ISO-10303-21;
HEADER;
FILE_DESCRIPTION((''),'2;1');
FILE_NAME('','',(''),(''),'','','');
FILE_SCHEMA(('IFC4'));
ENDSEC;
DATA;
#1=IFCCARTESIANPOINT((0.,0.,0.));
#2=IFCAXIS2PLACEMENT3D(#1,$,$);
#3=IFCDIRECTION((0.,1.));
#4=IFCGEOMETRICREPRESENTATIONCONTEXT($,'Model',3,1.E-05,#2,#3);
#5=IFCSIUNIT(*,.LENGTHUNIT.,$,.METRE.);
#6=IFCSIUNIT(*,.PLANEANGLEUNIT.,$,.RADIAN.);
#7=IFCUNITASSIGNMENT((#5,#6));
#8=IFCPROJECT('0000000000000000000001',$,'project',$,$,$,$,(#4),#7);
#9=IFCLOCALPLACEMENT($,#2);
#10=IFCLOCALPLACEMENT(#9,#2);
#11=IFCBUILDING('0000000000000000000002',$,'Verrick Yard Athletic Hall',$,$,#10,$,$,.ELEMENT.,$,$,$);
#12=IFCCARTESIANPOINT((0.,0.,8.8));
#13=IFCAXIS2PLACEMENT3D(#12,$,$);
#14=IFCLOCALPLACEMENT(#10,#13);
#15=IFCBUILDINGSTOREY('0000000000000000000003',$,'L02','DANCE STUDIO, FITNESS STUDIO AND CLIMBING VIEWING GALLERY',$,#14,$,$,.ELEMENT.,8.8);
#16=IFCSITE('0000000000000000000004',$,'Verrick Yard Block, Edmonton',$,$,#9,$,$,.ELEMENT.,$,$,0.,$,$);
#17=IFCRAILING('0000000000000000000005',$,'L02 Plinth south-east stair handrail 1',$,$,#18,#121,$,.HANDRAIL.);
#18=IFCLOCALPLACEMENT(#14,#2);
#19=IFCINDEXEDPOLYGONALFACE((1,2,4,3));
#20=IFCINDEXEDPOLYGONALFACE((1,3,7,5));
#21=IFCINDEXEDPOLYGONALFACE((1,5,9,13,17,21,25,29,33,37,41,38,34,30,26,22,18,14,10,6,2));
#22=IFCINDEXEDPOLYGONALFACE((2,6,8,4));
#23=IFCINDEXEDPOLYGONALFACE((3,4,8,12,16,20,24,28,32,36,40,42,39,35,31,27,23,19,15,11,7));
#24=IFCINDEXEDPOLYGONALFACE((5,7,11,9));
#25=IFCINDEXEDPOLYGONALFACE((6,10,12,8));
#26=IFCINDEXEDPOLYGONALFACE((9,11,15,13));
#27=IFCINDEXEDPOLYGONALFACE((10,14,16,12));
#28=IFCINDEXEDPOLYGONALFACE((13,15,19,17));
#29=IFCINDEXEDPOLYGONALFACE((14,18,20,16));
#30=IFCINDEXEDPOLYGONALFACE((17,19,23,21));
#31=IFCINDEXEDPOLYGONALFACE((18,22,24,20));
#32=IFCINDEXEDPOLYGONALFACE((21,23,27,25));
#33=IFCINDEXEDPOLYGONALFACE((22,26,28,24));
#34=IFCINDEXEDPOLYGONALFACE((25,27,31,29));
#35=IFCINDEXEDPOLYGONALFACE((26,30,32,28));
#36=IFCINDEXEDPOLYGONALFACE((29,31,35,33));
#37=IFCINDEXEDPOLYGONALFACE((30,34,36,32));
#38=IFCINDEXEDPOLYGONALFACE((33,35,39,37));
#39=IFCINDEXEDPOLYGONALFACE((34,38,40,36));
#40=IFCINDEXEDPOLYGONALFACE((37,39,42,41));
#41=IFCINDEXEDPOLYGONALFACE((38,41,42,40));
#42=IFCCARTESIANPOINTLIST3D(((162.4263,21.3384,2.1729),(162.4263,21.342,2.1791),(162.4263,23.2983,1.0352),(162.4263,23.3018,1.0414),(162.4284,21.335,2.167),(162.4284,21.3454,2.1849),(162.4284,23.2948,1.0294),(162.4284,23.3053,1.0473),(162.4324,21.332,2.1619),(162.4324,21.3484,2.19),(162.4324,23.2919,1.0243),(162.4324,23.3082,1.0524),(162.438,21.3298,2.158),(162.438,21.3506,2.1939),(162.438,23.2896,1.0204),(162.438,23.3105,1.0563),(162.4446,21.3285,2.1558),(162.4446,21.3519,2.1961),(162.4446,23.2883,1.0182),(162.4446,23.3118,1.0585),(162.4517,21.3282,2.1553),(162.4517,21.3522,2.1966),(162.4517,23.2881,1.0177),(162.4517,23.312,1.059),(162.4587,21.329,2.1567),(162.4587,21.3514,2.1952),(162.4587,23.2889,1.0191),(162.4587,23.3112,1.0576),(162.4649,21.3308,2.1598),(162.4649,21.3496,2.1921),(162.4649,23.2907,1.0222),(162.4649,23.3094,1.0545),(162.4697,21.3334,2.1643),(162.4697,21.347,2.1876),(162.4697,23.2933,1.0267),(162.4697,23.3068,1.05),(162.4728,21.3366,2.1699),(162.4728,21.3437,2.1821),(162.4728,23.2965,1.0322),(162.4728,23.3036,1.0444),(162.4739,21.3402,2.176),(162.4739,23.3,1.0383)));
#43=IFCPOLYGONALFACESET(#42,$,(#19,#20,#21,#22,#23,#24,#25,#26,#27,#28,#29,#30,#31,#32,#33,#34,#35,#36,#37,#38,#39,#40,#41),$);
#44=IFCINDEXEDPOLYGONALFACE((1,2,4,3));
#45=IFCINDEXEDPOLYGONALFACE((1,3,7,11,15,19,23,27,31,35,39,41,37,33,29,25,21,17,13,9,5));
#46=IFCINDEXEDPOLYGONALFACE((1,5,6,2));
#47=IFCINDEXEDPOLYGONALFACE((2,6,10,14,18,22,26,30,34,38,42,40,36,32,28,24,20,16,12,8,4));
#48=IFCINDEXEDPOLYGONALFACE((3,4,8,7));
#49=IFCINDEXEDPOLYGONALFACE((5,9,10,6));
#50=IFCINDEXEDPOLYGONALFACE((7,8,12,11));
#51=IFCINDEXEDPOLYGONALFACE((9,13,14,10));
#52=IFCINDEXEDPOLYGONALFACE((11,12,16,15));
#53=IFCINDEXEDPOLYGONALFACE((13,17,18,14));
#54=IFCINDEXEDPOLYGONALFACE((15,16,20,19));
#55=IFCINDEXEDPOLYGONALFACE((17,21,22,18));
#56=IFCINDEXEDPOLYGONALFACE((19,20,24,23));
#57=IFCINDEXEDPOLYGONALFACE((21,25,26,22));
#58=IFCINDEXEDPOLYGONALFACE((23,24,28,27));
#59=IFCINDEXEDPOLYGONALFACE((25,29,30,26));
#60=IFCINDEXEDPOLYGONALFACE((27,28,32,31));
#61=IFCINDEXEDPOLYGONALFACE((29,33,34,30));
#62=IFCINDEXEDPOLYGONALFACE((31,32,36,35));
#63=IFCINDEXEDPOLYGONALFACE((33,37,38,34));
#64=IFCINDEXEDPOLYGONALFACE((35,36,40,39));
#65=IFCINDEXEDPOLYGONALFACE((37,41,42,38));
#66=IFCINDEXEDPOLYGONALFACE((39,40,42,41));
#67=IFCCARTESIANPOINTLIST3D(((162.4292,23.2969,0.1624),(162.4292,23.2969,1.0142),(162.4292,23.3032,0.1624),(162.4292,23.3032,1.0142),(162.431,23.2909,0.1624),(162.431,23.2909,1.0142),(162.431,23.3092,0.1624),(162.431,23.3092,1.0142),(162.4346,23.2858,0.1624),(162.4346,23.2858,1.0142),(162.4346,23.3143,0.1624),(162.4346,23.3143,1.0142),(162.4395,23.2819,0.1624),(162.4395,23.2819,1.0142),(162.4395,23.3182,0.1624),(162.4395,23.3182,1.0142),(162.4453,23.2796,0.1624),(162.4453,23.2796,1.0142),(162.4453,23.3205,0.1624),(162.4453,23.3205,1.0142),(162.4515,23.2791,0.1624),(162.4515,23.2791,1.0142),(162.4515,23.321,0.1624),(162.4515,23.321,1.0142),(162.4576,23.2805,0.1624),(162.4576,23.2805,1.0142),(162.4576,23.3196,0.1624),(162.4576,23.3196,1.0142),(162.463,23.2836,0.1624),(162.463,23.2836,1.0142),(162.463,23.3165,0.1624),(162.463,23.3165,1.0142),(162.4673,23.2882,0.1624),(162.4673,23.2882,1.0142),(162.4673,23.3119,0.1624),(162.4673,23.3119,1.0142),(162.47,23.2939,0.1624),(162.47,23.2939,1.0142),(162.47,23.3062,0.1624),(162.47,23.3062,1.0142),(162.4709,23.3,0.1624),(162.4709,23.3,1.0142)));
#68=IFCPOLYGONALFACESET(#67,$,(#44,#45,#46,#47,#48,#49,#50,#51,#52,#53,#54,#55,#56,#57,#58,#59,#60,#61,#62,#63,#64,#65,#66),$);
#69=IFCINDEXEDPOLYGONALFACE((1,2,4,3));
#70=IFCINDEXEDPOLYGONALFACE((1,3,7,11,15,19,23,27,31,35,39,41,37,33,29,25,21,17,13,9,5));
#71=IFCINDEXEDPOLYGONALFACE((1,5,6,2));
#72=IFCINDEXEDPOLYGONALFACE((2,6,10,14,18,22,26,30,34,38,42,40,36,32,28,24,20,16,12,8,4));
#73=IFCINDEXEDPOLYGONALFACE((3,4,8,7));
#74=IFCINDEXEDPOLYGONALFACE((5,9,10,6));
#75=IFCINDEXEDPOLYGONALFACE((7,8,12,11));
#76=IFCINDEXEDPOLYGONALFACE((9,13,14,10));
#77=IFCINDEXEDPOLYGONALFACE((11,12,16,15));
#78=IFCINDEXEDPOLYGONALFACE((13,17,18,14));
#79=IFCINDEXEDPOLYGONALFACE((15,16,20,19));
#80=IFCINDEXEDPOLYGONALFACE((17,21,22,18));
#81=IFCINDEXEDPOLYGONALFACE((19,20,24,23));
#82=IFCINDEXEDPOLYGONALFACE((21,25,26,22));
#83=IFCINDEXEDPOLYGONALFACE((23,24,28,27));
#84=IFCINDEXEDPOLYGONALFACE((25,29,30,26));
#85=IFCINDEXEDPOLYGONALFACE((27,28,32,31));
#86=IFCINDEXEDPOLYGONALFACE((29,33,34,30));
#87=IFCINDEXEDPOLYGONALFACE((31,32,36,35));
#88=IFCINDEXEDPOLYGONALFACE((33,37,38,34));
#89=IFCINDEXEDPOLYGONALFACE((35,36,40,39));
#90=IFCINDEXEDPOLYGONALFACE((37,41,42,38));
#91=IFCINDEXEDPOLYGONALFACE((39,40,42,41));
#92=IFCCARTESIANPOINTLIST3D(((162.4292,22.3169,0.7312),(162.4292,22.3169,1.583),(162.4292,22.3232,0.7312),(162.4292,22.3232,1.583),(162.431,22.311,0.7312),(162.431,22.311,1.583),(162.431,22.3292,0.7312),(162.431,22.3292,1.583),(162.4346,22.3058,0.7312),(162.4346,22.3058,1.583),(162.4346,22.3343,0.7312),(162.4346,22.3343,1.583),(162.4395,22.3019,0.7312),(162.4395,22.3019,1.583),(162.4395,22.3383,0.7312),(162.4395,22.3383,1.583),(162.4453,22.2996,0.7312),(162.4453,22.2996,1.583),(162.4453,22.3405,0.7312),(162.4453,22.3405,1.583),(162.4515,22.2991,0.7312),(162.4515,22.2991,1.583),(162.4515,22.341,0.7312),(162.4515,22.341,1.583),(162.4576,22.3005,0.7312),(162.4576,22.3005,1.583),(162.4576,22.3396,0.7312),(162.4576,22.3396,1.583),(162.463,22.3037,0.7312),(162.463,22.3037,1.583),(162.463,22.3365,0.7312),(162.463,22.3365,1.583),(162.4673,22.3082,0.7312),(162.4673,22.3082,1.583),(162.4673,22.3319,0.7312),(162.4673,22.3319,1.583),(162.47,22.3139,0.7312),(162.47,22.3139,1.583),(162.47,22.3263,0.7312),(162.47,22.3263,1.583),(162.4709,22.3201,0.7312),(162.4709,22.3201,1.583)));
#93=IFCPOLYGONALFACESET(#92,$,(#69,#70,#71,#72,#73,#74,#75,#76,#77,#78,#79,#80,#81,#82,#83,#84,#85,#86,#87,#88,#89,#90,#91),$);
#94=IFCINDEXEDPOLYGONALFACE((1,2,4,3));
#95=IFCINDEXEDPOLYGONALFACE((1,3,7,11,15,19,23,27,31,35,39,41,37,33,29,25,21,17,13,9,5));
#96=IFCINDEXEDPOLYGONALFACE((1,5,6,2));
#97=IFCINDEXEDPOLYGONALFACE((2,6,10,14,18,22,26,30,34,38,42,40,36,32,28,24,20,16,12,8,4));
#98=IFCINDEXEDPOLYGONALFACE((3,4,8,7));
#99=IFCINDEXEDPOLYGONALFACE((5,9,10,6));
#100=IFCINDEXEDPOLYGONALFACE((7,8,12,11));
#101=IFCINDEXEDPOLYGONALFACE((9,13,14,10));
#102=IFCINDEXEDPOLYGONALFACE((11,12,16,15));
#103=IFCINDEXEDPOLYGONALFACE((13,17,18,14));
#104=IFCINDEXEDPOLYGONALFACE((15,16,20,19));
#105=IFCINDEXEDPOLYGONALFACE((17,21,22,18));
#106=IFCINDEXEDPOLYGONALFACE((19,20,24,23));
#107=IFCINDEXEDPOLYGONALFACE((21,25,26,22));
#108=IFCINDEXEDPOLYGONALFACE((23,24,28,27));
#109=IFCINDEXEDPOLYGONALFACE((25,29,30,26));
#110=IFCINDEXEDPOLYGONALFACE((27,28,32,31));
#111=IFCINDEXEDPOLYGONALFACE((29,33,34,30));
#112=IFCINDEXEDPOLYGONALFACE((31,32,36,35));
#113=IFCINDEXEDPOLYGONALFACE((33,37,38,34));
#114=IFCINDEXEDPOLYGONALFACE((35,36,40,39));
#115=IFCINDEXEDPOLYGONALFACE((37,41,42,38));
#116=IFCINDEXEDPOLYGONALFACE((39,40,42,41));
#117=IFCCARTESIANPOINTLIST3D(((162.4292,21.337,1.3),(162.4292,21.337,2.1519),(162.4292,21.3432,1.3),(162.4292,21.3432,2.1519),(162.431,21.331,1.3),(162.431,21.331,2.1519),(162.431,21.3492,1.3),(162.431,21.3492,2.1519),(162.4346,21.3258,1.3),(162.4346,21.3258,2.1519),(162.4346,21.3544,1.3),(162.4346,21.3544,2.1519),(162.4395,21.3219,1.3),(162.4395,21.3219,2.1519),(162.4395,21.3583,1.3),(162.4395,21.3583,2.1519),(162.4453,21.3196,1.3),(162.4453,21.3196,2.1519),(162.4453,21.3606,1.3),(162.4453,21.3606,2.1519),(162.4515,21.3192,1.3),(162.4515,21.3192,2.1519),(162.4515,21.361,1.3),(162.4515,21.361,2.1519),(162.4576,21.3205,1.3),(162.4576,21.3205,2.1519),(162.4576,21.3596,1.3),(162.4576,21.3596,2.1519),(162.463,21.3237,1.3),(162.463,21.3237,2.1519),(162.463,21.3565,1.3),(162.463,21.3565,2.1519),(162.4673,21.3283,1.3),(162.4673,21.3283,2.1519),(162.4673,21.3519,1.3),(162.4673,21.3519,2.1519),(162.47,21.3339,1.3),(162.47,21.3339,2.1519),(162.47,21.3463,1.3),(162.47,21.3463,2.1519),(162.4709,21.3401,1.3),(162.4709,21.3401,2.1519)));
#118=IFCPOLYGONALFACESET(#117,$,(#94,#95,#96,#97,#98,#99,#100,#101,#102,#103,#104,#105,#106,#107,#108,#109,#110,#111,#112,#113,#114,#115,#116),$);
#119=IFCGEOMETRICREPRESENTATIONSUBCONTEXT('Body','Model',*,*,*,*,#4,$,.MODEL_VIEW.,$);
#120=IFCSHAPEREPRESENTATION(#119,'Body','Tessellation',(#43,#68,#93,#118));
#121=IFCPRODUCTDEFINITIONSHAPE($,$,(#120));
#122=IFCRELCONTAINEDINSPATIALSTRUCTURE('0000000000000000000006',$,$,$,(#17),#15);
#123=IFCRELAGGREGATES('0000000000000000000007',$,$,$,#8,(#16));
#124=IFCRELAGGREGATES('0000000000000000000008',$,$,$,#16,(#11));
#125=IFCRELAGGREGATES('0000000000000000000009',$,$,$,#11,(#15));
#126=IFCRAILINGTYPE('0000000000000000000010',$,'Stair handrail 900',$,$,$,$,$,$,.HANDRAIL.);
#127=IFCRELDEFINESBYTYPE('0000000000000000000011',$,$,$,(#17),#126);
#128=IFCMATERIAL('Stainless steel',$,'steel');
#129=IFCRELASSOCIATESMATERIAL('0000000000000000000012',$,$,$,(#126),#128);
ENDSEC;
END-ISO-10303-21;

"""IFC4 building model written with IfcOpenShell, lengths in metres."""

from ifc_helpers import new_model, si_unit, direction, frame, origin, origin_2d, place, context, subcontext, project, spatial, circle, extrude, material, type_object, element, save


model = new_model("IFC4")

# Units and contexts
model_context = context("Model", 3, precision=1e-05, world=origin(), true_north=direction((0.0, 1.0)))
body_context = subcontext(model_context, "Body", "Model", "MODEL_VIEW")
ifc_project = project(units=[si_unit("LENGTHUNIT", "METRE"), si_unit("PLANEANGLEUNIT", "RADIAN")], contexts=[model_context])

# Site, building, storey
site_placement = place(None, origin())
site = spatial("IfcSite", under=ifc_project, at=site_placement, Name="Verrick Yard Block, Edmonton", CompositionType="ELEMENT", RefElevation=0.0)
building_placement = place(site_placement, origin())
building = spatial("IfcBuilding", under=site, at=building_placement, Name="Verrick Yard Athletic Hall", CompositionType="ELEMENT")
storey_placement = place(building_placement, frame((0.0, 0.0, 8.8)))
storey = spatial("IfcBuildingStorey", under=building, at=storey_placement, Name="L02", Description="DANCE STUDIO, FITNESS STUDIO AND CLIMBING VIEWING GALLERY", CompositionType="ELEMENT", Elevation=8.8)

# Railing
ifc_material_1 = material(Name="Stainless steel", Category="steel")
railing_type_1 = type_object("IfcRailingType", Name="Stair handrail 900", PredefinedType="HANDRAIL", material=ifc_material_1)
railing_1_placement = place(storey_placement, frame((162.45, 23.3, 0.1624)))
element("IfcRailing", 1, at=railing_1_placement, inside=storey, type_object=railing_type_1, Name="L02 Plinth south-east stair handrail 1", PredefinedType="HANDRAIL", context=body_context, shape_type="SweptSolid", body=[
    extrude(circle(Radius=0.0239, at=origin_2d()), frame((0.0, 0.0, 0.876), z_axis=(0.0, -0.864855, 0.502021), x_axis=(1.0, 0.0, 0.0)), (0.0, 0.0, 1.0), 2.2661),
    extrude(circle(Radius=0.021, at=origin_2d()), origin(), (0.0, 0.0, 1.0), 0.8518),
    extrude(circle(Radius=0.021, at=origin_2d()), frame((0.0, -0.98, 0.5688)), (0.0, 0.0, 1.0), 0.8518),
    extrude(circle(Radius=0.021, at=origin_2d()), frame((0.0, -1.96, 1.1377)), (0.0, 0.0, 1.0), 0.8518),
])

save(model, "model.ifc")
